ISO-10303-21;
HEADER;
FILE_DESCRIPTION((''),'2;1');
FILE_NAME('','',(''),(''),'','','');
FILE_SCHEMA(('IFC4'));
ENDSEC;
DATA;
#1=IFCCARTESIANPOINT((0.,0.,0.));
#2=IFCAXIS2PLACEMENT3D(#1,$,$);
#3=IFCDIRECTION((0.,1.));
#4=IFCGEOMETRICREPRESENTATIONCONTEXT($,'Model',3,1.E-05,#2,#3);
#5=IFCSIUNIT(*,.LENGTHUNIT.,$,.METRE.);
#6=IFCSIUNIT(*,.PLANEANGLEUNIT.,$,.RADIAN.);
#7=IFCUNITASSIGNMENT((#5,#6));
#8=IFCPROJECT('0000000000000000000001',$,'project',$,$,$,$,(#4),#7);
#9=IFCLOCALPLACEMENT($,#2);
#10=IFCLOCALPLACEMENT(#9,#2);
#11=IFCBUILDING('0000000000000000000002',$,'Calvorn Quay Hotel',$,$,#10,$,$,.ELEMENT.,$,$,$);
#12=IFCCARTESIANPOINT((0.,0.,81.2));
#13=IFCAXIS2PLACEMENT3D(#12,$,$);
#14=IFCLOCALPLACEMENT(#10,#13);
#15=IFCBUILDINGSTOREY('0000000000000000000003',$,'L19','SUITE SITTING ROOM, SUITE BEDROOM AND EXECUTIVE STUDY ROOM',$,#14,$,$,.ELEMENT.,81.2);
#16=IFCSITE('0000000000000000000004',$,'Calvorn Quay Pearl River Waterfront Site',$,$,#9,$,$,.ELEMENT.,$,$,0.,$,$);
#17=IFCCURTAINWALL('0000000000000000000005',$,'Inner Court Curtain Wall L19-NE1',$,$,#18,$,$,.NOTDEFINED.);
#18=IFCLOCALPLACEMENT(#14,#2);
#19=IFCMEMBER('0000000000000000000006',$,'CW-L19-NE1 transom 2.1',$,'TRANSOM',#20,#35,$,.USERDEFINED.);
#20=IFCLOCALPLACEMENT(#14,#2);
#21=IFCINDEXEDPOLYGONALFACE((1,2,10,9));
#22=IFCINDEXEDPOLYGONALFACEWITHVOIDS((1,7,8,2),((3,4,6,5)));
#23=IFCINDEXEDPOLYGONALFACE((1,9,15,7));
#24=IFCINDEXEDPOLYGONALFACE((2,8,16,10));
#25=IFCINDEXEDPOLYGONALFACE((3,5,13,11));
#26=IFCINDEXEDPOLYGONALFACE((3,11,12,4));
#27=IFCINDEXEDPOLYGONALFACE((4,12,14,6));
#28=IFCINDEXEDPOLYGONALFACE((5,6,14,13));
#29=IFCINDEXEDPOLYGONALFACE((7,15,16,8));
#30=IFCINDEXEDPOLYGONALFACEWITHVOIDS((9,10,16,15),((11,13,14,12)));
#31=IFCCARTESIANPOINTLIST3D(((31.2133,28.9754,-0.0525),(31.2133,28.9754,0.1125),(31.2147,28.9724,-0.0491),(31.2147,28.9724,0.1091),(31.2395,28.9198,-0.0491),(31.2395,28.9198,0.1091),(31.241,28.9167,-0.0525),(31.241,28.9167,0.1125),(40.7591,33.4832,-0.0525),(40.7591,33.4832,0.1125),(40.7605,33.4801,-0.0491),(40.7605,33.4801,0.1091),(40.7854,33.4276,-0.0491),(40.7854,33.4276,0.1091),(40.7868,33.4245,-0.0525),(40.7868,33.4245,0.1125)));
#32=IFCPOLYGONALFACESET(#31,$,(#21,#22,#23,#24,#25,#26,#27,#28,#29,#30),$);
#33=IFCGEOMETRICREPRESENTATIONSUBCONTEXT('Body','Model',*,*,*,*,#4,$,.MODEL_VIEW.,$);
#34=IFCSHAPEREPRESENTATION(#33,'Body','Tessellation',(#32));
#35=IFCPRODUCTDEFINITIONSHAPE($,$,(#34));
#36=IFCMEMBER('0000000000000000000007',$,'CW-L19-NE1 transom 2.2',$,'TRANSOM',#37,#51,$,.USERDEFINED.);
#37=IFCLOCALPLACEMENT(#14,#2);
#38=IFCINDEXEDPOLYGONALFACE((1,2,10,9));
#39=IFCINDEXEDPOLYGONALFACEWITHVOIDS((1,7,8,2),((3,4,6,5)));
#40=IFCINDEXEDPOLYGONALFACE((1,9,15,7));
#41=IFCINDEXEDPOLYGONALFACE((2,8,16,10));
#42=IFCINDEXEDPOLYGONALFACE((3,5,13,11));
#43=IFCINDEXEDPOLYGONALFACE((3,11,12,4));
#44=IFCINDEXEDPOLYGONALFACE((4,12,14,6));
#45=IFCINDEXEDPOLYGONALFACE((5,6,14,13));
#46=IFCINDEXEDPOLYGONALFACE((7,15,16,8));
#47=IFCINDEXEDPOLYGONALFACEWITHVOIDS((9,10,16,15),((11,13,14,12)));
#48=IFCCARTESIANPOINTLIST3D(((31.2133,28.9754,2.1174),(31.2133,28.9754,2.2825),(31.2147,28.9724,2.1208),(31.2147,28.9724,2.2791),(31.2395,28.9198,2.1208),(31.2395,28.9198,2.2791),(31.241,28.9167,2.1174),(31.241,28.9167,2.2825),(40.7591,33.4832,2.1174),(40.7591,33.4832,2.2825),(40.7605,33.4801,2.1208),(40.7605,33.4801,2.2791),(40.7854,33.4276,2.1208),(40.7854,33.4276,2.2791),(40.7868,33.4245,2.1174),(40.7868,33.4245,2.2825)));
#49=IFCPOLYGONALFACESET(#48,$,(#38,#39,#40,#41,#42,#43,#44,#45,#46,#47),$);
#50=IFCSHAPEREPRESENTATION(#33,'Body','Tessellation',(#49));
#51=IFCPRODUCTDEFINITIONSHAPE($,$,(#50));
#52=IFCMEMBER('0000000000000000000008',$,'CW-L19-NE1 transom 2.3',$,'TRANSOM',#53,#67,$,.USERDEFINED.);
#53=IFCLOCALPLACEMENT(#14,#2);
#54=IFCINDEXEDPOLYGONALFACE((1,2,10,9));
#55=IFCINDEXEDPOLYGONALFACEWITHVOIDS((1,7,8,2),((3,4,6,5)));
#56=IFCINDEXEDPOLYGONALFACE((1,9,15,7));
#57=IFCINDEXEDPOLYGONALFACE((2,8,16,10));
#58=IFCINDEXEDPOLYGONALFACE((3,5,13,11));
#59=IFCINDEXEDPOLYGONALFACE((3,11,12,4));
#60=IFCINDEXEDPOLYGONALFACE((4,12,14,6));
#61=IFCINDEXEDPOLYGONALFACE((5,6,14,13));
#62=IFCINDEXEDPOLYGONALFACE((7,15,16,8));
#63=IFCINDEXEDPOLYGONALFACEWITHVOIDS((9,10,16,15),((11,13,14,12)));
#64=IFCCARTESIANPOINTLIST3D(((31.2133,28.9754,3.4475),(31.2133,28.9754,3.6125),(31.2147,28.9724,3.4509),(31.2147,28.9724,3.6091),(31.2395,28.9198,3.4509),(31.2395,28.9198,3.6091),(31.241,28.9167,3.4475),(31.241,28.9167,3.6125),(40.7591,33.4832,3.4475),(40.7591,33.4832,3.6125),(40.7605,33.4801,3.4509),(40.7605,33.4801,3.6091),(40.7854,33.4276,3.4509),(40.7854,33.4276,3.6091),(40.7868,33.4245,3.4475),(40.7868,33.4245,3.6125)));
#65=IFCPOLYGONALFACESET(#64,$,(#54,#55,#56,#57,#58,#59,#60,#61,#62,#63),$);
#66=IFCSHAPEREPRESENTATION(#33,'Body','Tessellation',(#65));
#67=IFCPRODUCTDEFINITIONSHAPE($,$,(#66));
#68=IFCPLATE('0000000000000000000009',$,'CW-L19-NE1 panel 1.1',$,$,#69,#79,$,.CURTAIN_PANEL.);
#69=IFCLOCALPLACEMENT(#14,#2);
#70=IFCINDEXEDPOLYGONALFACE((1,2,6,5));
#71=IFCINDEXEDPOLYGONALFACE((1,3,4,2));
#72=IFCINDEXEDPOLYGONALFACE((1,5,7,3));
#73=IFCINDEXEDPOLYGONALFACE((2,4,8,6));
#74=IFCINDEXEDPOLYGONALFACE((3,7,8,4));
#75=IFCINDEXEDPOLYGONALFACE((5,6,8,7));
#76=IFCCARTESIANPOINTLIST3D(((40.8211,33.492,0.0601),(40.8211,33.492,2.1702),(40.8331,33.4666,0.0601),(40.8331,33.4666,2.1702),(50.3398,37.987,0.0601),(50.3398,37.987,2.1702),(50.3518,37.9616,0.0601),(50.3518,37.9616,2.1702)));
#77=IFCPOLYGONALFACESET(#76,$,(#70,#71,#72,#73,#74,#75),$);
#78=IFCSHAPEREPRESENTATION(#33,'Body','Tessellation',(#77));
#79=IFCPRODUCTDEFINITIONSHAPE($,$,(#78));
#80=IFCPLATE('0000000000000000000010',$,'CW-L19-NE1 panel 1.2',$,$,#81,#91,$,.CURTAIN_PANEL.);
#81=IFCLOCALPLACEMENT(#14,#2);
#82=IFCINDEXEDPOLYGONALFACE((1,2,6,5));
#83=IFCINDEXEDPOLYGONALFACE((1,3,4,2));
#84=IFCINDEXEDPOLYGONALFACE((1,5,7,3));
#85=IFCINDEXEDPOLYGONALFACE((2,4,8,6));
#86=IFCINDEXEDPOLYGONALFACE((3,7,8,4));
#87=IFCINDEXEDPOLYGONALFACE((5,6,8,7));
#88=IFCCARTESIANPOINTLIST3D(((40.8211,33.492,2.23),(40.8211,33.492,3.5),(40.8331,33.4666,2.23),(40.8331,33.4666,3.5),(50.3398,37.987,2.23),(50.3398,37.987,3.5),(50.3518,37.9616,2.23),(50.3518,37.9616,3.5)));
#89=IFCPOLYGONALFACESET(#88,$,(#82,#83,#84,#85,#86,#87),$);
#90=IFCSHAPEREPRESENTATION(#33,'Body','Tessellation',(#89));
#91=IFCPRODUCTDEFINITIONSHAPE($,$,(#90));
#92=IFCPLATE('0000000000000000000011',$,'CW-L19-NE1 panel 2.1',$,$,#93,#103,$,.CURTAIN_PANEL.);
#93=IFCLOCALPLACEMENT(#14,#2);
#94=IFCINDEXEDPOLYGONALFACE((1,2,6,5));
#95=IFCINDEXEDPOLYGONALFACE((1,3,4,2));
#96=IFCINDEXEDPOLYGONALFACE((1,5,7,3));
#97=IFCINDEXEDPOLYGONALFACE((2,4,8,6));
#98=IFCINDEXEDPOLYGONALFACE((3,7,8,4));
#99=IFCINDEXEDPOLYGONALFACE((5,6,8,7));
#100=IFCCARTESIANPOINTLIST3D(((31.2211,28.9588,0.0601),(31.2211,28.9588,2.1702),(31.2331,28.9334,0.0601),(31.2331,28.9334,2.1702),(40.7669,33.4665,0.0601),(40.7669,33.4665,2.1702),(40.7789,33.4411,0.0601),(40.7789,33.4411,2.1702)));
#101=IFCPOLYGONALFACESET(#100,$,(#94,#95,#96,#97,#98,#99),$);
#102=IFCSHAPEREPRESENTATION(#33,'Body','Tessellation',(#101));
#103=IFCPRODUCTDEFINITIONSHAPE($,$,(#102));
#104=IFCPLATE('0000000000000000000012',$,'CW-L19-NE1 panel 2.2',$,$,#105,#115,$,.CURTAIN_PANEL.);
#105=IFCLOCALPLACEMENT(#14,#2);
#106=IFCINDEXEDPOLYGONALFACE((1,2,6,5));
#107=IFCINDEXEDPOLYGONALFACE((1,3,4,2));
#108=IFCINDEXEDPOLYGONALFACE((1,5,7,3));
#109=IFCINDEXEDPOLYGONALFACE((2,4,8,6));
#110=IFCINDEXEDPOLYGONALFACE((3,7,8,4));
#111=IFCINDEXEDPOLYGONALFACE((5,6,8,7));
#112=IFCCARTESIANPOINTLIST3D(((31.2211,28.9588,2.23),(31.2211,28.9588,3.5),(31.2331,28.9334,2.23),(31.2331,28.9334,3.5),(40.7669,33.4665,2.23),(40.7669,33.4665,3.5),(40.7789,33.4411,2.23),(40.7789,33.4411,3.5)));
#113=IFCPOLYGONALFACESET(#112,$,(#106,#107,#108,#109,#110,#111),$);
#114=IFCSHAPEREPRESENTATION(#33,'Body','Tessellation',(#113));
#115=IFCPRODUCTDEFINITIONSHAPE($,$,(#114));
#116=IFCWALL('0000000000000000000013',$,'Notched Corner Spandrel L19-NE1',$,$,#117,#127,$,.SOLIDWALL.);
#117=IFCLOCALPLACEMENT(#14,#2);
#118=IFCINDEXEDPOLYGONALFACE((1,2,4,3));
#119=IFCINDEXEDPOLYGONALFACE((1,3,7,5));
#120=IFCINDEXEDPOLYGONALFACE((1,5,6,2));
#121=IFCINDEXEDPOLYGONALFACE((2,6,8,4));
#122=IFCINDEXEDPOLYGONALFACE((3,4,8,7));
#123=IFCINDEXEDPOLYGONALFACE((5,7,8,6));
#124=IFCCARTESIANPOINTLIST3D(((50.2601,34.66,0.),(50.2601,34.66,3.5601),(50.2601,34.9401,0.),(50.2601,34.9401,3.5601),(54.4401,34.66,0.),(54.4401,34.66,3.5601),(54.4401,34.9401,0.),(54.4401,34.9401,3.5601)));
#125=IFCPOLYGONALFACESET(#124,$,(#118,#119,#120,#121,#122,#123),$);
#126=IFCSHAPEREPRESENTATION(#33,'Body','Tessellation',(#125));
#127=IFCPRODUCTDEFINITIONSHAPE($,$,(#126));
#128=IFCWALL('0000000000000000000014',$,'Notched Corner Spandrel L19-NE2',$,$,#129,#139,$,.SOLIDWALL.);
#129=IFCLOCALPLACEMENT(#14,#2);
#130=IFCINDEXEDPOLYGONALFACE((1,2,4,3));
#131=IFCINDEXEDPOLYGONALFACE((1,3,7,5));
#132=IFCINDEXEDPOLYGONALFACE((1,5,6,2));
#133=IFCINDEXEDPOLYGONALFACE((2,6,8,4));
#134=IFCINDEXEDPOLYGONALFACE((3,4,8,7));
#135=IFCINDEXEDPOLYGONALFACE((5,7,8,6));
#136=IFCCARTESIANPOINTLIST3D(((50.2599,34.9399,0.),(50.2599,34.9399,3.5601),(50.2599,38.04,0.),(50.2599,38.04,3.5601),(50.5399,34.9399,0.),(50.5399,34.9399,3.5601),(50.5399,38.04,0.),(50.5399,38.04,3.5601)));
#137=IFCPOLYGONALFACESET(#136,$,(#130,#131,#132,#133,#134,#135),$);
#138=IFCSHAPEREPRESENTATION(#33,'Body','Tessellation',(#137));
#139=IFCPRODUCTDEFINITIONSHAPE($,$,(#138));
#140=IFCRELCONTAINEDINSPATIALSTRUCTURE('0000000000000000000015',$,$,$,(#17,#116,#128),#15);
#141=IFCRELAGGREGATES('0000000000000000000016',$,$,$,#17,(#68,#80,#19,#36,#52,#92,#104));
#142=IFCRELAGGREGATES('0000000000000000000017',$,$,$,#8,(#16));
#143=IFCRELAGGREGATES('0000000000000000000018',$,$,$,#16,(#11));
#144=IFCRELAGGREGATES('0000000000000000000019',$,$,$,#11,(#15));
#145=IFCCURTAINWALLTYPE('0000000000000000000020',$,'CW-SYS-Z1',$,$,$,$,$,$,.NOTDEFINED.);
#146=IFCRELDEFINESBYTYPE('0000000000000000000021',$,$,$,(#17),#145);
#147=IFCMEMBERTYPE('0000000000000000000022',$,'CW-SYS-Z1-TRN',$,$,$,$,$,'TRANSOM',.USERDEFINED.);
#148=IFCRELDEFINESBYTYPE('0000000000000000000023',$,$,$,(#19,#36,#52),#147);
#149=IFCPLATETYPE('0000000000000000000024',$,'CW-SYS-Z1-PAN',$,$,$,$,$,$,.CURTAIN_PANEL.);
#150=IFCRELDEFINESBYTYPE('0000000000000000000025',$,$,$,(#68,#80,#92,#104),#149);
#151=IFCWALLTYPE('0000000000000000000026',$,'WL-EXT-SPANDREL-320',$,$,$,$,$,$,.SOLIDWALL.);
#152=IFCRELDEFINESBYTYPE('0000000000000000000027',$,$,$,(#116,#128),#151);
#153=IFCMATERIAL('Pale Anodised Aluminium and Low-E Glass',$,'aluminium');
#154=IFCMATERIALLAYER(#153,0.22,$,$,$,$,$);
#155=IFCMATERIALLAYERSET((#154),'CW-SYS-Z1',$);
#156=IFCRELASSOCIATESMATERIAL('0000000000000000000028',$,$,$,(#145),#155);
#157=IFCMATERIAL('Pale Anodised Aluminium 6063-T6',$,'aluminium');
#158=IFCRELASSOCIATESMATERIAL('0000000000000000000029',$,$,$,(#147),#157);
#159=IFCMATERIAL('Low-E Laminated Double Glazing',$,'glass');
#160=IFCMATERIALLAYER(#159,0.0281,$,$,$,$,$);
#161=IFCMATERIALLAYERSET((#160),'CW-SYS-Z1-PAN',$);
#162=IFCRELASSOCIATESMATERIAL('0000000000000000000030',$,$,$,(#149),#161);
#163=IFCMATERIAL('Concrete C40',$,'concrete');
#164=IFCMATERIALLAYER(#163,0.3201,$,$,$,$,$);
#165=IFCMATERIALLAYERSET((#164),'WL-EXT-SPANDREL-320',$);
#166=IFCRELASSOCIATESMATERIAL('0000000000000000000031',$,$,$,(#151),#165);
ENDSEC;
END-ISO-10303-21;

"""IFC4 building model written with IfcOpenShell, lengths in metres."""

from ifc_helpers import new_model, si_unit, direction, frame, frame_2d, origin, origin_2d, place, context, subcontext, project, spatial, rectangle, hollow_rectangle, extrude, material, layer, layer_set, material_profile, profile_set, type_object, element, aggregate, save


model = new_model("IFC4")

# Units and contexts
model_context = context("Model", 3, precision=1e-05, world=origin(), true_north=direction((0.0, 1.0)))
body_context = subcontext(model_context, "Body", "Model", "MODEL_VIEW")
ifc_project = project(units=[si_unit("LENGTHUNIT", "METRE"), si_unit("PLANEANGLEUNIT", "RADIAN")], contexts=[model_context])

# Site, building, storey
site_placement = place(None, origin())
site = spatial("IfcSite", under=ifc_project, at=site_placement, Name="Calvorn Quay Pearl River Waterfront Site", CompositionType="ELEMENT", RefElevation=0.0)
building_placement = place(site_placement, origin())
building = spatial("IfcBuilding", under=site, at=building_placement, Name="Calvorn Quay Hotel", CompositionType="ELEMENT")
storey_placement = place(building_placement, frame((0.0, 0.0, 81.2)))
storey = spatial("IfcBuildingStorey", under=building, at=storey_placement, Name="L19", Description="SUITE SITTING ROOM, SUITE BEDROOM AND EXECUTIVE STUDY ROOM", CompositionType="ELEMENT", Elevation=81.2)

# Curtain wall, members, plates
ifc_material_1 = material(Name="Pale Anodised Aluminium and Low-E Glass", Category="aluminium")
ifc_layer_1 = layer(ifc_material_1, 0.22)
ifc_layer_set_1 = layer_set([ifc_layer_1], Name="CW-SYS-Z1")
curtain_wall_type = type_object("IfcCurtainWallType", Name="CW-SYS-Z1", PredefinedType="NOTDEFINED", material=ifc_layer_set_1)
curtain_wall_placement = place(storey_placement, origin())
curtain_wall = element("IfcCurtainWall", 1, at=curtain_wall_placement, inside=storey, type_object=curtain_wall_type, Name="Inner Court Curtain Wall L19-NE1", PredefinedType="NOTDEFINED")
ifc_material_2 = material(Name="Pale Anodised Aluminium 6063-T6", Category="aluminium")
ifc_material_profile_1 = material_profile(ifc_material_2, hollow_rectangle(XDim=0.0649, YDim=0.165, WallThickness=0.0034, at=origin_2d()), Name="ALU-T165x65x3.5")
ifc_profile_set_1 = profile_set([ifc_material_profile_1], Name="Pale Anodised Aluminium 6063-T6")
member_type_1 = type_object("IfcMemberType", Name="CW-SYS-Z1-TRN", ElementType="TRANSOM", PredefinedType="USERDEFINED", material=ifc_profile_set_1)
member_1_placement = place(storey_placement, frame((40.7729, 33.4539, 0.03), z_axis=(-0.904248, -0.427008, 0.0), x_axis=(0.427008, -0.904248, 0.0)))
member_1 = element("IfcMember", 2, at=member_1_placement, type_object=member_type_1, Name="CW-L19-NE1 transom 2.1", ObjectType="TRANSOM", PredefinedType="USERDEFINED", context=body_context, shape_type="SweptSolid", body=[
    extrude(hollow_rectangle(XDim=0.0649, YDim=0.165, WallThickness=0.0034, at=origin_2d()), origin(), (0.0, 0.0, 1.0), 10.5566),
])
member_2_placement = place(storey_placement, frame((40.7729, 33.4539, 2.2), z_axis=(-0.904248, -0.427008, 0.0), x_axis=(0.427008, -0.904248, 0.0)))
member_2 = element("IfcMember", 3, at=member_2_placement, type_object=member_type_1, Name="CW-L19-NE1 transom 2.2", ObjectType="TRANSOM", PredefinedType="USERDEFINED", context=body_context, shape_type="SweptSolid", body=[
    extrude(hollow_rectangle(XDim=0.0649, YDim=0.165, WallThickness=0.0034, at=origin_2d()), origin(), (0.0, 0.0, 1.0), 10.5566),
])
member_3_placement = place(storey_placement, frame((40.7729, 33.4539, 3.53), z_axis=(-0.904248, -0.427008, 0.0), x_axis=(0.427008, -0.904248, 0.0)))
member_3 = element("IfcMember", 4, at=member_3_placement, type_object=member_type_1, Name="CW-L19-NE1 transom 2.3", ObjectType="TRANSOM", PredefinedType="USERDEFINED", context=body_context, shape_type="SweptSolid", body=[
    extrude(hollow_rectangle(XDim=0.0649, YDim=0.165, WallThickness=0.0034, at=origin_2d()), origin(), (0.0, 0.0, 1.0), 10.5566),
])
ifc_material_3 = material(Name="Low-E Laminated Double Glazing", Category="glass")
ifc_layer_2 = layer(ifc_material_3, 0.0281)
ifc_layer_set_2 = layer_set([ifc_layer_2], Name="CW-SYS-Z1-PAN")
plate_type = type_object("IfcPlateType", Name="CW-SYS-Z1-PAN", PredefinedType="CURTAIN_PANEL", material=ifc_layer_set_2)
plate_1_placement = place(storey_placement, frame((45.5864, 35.7268, 0.0601), z_axis=(0.0, 0.0, 1.0), x_axis=(-0.904249, -0.427006, 0.0)))
plate_1 = element("IfcPlate", 5, at=plate_1_placement, type_object=plate_type, Name="CW-L19-NE1 panel 1.1", PredefinedType="CURTAIN_PANEL", context=body_context, shape_type="SweptSolid", body=[
    extrude(rectangle(XDim=10.5266, YDim=0.0281, at=origin_2d()), origin(), (0.0, 0.0, 1.0), 2.1101),
])
plate_2_placement = place(storey_placement, frame((45.5864, 35.7268, 2.23), z_axis=(0.0, 0.0, 1.0), x_axis=(-0.904249, -0.427006, 0.0)))
plate_2 = element("IfcPlate", 6, at=plate_2_placement, type_object=plate_type, Name="CW-L19-NE1 panel 1.2", PredefinedType="CURTAIN_PANEL", context=body_context, shape_type="SweptSolid", body=[
    extrude(rectangle(XDim=10.5266, YDim=0.0281, at=origin_2d()), origin(), (0.0, 0.0, 1.0), 1.27),
])
plate_3_placement = place(storey_placement, frame((36.0, 31.2, 0.0601), z_axis=(0.0, 0.0, 1.0), x_axis=(-0.904249, -0.427006, 0.0)))
plate_3 = element("IfcPlate", 7, at=plate_3_placement, type_object=plate_type, Name="CW-L19-NE1 panel 2.1", PredefinedType="CURTAIN_PANEL", context=body_context, shape_type="SweptSolid", body=[
    extrude(rectangle(XDim=10.5566, YDim=0.0281, at=origin_2d()), origin(), (0.0, 0.0, 1.0), 2.1101),
])
plate_4_placement = place(storey_placement, frame((36.0, 31.2, 2.23), z_axis=(0.0, 0.0, 1.0), x_axis=(-0.904249, -0.427006, 0.0)))
plate_4 = element("IfcPlate", 8, at=plate_4_placement, type_object=plate_type, Name="CW-L19-NE1 panel 2.2", PredefinedType="CURTAIN_PANEL", context=body_context, shape_type="SweptSolid", body=[
    extrude(rectangle(XDim=10.5566, YDim=0.0281, at=origin_2d()), origin(), (0.0, 0.0, 1.0), 1.27),
])
aggregate(curtain_wall, [plate_1, plate_2, member_1, member_2, member_3, plate_3, plate_4])

# Walls
ifc_material_4 = material(Name="Concrete C40", Category="concrete")
ifc_layer_3 = layer(ifc_material_4, 0.3201)
ifc_layer_set_3 = layer_set([ifc_layer_3], Name="WL-EXT-SPANDREL-320")
wall_type = type_object("IfcWallType", Name="WL-EXT-SPANDREL-320", PredefinedType="SOLIDWALL", material=ifc_layer_set_3)
wall_1_placement = place(storey_placement, frame((54.4399, 34.8, 0.0), z_axis=(0.0, 0.0, 1.0), x_axis=(-1.0, 0.0, 0.0)))
element("IfcWall", 9, at=wall_1_placement, inside=storey, type_object=wall_type, Name="Notched Corner Spandrel L19-NE1", PredefinedType="SOLIDWALL", context=body_context, shape_type="SweptSolid", body=[
    extrude(rectangle(XDim=4.1799, YDim=0.28, at=frame_2d((2.0898, 0.0))), origin(), (0.0, 0.0, 1.0), 3.5601),
])
wall_2_placement = place(storey_placement, frame((50.3999, 34.9399, 0.0), z_axis=(0.0, 0.0, 1.0), x_axis=(0.0, 1.0, 0.0)))
element("IfcWall", 10, at=wall_2_placement, inside=storey, type_object=wall_type, Name="Notched Corner Spandrel L19-NE2", PredefinedType="SOLIDWALL", context=body_context, shape_type="SweptSolid", body=[
    extrude(rectangle(XDim=3.1001, YDim=0.28, at=frame_2d((1.55, 0.0))), origin(), (0.0, 0.0, 1.0), 3.5601),
])

save(model, "model.ifc")
